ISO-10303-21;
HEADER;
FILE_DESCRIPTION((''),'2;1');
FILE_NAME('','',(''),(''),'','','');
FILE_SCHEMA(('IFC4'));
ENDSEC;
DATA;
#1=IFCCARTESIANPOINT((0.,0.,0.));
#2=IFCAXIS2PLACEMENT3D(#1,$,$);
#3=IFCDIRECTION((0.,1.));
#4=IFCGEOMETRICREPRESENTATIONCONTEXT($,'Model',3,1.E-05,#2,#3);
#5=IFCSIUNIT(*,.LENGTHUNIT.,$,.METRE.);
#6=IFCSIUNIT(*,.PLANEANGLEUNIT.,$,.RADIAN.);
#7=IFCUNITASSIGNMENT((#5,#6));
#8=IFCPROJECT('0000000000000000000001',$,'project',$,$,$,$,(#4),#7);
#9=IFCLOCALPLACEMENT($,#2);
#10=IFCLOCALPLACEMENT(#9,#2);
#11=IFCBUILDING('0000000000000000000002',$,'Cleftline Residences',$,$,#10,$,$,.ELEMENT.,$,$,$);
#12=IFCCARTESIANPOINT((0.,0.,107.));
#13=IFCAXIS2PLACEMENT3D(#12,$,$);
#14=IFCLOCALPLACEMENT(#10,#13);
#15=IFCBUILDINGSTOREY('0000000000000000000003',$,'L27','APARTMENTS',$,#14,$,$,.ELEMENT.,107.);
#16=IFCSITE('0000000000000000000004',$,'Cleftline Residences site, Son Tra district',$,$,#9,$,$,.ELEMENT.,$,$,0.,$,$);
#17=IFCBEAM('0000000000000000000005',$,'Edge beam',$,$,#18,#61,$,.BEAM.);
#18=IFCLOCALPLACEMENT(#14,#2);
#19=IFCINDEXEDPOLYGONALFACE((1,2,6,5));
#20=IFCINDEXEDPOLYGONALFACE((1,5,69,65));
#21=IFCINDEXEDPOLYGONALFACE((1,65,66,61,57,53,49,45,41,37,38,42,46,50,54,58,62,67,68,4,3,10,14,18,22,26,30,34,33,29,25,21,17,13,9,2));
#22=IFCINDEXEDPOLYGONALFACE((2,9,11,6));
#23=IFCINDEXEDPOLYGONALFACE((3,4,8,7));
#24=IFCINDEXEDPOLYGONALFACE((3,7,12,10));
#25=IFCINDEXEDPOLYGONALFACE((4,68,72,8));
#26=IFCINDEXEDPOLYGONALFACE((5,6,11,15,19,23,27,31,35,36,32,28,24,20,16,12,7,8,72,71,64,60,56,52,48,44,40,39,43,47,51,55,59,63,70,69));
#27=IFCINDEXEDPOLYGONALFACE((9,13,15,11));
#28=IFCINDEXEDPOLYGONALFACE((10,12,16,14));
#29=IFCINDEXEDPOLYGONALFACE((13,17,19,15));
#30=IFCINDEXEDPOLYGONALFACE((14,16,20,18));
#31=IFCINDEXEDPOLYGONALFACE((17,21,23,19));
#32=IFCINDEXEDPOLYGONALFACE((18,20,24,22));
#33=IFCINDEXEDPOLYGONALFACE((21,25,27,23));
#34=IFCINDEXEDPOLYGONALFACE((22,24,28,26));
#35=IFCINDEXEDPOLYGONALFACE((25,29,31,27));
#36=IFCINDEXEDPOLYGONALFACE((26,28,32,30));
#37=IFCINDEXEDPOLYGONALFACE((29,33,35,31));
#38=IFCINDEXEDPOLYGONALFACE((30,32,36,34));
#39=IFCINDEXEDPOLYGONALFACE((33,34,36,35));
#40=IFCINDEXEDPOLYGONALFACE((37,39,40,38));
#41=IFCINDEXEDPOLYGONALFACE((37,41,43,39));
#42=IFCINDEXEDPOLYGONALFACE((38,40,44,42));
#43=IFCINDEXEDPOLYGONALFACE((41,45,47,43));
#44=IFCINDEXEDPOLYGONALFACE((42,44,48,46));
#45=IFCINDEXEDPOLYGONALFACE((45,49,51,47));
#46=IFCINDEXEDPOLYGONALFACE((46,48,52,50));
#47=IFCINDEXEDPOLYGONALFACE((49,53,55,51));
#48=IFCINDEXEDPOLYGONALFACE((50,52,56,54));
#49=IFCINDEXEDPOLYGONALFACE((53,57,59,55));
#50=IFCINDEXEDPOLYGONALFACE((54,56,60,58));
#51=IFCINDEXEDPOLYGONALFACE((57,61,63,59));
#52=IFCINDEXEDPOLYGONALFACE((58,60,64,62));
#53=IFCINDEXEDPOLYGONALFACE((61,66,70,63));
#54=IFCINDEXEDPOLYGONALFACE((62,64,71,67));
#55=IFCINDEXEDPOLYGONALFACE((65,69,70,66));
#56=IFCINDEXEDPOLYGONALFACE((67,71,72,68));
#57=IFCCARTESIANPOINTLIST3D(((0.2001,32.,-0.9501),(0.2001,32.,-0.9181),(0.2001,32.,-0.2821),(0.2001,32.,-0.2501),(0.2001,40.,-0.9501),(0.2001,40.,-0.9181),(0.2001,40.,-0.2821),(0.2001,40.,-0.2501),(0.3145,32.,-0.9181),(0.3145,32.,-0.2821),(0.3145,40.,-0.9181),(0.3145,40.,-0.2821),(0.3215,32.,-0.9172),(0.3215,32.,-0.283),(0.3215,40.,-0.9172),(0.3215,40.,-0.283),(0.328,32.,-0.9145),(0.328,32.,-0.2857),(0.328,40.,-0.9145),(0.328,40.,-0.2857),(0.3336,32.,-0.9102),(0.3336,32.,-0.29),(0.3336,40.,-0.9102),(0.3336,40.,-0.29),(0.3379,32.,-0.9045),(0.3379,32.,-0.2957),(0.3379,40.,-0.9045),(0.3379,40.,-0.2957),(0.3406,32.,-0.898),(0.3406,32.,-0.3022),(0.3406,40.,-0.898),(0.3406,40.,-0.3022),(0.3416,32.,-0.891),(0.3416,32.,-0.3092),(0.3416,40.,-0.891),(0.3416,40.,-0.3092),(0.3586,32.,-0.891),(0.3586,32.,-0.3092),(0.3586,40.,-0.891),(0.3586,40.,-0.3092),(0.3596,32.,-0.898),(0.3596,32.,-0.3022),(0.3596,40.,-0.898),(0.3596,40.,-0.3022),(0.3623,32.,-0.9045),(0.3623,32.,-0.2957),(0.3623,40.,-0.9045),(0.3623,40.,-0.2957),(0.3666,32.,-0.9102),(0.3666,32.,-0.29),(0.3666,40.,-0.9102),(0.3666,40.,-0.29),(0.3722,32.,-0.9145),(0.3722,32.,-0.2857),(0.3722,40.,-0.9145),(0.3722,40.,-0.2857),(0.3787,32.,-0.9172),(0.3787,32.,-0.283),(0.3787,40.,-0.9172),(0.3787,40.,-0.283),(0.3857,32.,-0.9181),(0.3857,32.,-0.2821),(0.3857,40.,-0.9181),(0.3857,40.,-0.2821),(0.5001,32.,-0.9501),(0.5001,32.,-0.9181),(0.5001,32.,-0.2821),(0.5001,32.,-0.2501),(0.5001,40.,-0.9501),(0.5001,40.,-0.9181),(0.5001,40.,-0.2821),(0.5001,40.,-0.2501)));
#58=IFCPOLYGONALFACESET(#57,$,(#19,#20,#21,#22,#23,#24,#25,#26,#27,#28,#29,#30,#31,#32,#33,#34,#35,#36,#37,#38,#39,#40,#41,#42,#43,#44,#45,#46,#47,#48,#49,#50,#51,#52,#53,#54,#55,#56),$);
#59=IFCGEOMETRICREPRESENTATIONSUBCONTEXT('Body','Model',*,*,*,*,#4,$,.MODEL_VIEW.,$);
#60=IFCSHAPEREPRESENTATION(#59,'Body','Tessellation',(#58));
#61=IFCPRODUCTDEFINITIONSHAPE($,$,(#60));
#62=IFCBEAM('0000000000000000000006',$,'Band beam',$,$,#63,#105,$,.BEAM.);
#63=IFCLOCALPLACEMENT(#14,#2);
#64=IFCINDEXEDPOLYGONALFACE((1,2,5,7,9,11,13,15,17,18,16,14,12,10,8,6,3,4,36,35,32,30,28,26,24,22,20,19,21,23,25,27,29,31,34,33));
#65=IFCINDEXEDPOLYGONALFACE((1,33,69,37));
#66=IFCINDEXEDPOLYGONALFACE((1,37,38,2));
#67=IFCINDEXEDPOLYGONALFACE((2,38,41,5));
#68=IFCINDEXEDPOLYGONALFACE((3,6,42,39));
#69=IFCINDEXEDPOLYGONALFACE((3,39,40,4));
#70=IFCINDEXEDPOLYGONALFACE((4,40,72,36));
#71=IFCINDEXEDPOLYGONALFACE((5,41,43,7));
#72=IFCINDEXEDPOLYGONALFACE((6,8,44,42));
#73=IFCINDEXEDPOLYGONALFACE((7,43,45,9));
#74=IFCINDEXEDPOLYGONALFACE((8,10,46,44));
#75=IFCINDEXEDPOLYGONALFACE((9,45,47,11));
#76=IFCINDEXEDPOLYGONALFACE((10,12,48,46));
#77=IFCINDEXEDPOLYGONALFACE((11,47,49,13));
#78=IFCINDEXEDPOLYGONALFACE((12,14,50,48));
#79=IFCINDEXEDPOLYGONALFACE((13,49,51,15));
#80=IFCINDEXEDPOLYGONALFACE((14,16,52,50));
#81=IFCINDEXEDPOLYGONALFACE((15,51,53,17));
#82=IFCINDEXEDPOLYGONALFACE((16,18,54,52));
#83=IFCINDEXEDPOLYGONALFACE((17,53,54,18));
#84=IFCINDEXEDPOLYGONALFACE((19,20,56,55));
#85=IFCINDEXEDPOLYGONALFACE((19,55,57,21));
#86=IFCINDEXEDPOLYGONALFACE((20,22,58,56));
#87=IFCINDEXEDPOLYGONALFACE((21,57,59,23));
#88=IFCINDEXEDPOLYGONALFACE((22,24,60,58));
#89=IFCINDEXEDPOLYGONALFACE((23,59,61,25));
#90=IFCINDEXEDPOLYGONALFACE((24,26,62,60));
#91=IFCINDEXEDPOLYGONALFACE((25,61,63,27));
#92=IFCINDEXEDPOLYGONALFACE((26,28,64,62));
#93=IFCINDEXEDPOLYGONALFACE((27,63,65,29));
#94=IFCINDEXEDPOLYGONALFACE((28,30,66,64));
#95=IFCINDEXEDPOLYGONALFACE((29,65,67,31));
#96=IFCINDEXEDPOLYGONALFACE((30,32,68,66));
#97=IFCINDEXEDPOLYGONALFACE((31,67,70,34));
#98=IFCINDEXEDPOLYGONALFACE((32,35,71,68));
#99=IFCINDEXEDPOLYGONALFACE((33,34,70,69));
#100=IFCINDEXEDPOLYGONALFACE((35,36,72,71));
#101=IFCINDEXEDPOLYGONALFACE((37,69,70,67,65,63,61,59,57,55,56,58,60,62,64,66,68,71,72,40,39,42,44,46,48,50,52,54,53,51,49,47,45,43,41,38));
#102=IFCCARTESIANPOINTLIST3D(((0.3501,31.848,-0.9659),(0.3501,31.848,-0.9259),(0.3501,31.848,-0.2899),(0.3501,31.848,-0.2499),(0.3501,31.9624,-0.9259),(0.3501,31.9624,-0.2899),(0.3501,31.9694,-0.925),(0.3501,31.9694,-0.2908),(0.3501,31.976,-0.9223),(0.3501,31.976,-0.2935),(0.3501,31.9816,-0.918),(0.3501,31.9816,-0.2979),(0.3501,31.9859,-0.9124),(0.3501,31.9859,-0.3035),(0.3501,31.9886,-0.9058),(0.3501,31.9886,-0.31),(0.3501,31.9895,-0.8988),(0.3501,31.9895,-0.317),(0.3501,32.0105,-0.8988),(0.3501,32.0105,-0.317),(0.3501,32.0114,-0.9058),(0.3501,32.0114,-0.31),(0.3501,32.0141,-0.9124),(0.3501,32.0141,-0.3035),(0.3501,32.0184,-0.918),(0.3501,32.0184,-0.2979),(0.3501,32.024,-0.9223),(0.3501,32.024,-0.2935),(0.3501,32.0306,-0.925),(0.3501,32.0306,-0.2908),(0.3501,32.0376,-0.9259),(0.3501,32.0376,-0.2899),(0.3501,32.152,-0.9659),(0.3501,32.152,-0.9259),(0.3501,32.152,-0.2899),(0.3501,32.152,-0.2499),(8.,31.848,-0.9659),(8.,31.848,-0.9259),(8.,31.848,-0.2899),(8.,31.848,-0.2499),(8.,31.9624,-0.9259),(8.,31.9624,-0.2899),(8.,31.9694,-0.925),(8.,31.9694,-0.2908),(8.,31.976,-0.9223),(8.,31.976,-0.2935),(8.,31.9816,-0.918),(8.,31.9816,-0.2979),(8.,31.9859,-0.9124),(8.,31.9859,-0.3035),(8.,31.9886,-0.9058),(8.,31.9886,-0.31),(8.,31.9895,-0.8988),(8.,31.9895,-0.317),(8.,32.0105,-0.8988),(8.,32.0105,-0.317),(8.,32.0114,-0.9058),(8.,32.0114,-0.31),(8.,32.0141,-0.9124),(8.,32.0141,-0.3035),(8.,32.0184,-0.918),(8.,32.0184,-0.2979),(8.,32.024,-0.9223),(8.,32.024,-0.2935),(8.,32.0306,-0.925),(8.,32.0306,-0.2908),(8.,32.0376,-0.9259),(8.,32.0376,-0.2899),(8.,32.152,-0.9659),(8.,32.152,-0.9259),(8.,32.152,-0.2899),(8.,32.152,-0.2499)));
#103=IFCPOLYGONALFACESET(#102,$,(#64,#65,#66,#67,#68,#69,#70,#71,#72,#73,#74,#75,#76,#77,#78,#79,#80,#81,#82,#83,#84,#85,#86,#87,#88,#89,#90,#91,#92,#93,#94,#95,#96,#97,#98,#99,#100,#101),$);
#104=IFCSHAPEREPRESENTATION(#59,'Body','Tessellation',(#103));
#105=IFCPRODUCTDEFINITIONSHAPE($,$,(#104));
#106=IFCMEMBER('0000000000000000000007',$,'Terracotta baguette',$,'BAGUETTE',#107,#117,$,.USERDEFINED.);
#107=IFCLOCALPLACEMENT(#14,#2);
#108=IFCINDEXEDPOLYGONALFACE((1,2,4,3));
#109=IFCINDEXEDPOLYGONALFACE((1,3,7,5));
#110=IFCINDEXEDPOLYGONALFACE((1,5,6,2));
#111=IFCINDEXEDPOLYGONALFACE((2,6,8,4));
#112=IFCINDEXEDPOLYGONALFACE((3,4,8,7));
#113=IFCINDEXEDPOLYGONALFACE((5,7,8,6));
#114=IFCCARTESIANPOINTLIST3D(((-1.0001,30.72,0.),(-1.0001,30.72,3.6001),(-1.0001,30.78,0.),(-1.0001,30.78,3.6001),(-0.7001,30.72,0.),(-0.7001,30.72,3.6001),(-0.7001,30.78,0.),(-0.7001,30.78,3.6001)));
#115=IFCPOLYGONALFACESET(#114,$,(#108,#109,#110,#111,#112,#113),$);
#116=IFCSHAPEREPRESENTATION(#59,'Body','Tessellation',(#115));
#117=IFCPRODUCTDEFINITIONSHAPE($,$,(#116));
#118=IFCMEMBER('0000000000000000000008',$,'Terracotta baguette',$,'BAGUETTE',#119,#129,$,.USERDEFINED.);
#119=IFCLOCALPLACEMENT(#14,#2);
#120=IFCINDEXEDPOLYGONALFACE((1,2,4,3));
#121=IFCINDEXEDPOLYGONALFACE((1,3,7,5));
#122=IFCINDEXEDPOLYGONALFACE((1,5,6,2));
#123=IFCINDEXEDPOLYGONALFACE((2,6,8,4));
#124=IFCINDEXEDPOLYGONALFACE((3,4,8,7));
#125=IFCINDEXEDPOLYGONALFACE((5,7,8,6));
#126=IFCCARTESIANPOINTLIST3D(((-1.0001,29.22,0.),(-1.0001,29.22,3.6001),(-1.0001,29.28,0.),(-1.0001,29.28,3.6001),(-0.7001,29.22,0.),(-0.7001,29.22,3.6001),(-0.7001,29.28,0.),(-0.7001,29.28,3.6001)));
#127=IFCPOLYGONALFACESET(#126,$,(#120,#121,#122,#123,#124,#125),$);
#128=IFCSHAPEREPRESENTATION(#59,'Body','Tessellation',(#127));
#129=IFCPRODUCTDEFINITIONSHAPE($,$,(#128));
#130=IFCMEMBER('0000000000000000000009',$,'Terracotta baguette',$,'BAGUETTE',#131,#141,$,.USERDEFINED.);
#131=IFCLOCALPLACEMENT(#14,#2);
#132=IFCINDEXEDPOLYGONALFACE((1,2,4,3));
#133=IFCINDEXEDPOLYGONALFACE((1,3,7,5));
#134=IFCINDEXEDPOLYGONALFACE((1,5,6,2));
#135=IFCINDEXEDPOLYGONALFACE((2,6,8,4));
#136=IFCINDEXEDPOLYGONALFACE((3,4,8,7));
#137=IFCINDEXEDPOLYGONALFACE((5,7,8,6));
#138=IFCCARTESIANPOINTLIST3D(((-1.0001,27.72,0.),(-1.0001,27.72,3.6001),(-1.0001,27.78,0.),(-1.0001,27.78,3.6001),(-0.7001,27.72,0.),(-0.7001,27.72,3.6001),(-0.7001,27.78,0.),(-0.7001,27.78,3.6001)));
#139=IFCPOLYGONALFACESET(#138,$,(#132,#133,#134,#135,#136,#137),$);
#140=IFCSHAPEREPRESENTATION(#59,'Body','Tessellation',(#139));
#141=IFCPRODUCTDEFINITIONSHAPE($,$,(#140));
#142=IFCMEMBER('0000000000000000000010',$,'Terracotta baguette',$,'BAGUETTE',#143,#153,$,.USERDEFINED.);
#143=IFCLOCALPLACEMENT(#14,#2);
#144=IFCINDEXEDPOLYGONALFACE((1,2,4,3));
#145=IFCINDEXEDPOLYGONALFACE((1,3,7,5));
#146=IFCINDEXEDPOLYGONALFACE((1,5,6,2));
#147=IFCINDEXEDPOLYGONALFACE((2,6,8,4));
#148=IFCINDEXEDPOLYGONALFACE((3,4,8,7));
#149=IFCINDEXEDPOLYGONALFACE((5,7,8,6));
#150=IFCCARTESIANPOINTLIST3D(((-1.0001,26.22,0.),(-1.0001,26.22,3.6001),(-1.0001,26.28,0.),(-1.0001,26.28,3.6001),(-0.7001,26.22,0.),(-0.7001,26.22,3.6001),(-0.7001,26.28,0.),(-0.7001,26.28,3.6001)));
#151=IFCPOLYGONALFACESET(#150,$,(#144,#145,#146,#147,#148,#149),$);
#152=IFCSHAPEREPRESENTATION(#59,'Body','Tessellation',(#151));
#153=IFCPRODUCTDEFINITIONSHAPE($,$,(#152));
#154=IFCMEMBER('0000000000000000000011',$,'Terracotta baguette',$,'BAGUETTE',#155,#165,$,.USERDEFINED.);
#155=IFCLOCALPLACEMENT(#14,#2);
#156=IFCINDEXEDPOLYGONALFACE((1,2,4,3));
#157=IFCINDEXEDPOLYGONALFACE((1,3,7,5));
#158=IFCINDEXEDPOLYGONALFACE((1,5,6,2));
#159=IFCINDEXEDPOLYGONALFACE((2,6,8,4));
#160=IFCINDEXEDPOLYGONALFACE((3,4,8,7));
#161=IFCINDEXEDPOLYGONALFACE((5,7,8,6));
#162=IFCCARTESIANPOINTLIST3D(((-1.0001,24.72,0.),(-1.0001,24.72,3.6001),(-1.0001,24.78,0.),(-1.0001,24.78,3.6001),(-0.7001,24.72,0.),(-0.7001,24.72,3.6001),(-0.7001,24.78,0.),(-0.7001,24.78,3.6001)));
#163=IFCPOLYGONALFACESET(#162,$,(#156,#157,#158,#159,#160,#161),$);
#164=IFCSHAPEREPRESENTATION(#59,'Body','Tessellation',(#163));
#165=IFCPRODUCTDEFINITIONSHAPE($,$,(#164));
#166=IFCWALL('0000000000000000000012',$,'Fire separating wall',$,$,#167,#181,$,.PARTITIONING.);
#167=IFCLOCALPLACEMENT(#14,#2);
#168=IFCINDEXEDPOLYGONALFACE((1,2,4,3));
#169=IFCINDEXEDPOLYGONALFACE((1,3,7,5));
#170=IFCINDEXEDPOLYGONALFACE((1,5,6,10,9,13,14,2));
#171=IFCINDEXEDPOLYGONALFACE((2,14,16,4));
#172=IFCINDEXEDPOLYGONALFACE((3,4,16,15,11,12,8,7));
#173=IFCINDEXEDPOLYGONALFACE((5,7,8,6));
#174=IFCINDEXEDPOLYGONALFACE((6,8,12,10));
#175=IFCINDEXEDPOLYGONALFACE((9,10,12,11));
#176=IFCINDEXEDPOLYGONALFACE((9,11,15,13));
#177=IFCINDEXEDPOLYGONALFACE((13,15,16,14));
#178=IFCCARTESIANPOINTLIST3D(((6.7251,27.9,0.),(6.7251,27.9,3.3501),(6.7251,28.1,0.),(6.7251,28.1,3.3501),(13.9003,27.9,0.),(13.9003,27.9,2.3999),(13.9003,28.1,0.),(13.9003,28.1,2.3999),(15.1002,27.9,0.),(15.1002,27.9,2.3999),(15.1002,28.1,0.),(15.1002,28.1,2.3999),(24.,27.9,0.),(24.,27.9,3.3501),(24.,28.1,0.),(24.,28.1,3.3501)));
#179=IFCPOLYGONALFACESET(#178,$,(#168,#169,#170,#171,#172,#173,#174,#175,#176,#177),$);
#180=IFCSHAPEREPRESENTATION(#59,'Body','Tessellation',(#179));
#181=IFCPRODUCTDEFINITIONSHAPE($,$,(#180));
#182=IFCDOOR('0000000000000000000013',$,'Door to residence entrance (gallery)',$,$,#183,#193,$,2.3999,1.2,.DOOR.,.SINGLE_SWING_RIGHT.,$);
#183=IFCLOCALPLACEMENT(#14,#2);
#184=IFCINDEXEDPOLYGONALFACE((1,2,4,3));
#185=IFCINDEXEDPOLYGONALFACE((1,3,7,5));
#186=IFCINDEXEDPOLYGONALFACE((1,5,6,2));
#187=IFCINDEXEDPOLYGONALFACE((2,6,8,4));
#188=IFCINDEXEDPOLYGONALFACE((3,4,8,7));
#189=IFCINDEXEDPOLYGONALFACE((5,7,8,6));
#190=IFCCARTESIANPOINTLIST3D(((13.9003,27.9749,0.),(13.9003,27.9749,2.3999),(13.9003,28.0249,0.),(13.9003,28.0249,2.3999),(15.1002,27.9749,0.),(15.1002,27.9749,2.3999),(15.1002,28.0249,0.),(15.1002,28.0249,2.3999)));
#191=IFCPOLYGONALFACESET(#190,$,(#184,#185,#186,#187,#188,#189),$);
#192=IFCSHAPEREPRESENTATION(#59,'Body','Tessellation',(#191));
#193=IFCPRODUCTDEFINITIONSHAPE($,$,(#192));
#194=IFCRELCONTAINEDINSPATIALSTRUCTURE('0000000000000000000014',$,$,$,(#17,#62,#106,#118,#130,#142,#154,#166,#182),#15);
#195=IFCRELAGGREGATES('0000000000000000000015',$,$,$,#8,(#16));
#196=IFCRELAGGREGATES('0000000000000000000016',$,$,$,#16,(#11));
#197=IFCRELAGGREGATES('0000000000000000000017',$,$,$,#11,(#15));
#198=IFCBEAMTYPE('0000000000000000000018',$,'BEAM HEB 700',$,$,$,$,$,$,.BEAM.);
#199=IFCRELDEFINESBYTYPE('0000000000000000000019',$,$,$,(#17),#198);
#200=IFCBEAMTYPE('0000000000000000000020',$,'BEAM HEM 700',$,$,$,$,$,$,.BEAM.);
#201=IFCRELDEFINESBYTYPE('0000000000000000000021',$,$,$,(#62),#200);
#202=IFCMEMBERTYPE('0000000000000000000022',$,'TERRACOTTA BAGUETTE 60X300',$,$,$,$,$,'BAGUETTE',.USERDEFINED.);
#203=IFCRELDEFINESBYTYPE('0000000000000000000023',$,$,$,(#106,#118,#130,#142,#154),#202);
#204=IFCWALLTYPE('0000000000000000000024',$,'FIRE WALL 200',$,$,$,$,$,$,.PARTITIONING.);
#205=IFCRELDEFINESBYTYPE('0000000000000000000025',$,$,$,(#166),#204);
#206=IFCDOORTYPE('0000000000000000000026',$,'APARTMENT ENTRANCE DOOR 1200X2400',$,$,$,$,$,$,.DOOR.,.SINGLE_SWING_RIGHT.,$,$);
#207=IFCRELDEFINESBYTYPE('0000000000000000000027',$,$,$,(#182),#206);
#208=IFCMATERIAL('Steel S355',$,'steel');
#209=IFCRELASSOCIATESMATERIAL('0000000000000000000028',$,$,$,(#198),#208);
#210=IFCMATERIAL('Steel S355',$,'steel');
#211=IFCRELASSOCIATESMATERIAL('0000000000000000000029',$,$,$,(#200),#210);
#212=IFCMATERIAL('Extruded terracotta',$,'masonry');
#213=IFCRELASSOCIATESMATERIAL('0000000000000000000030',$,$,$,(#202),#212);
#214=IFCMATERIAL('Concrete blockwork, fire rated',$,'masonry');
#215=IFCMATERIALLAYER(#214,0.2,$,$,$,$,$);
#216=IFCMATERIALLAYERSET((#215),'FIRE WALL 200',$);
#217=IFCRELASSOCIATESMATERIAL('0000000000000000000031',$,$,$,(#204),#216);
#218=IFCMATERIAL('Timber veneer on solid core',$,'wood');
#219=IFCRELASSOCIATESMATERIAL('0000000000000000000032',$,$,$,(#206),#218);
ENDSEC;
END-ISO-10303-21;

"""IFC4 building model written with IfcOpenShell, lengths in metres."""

from ifc_helpers import new_model, si_unit, direction, frame, frame_2d, origin, origin_2d, place, context, subcontext, project, spatial, rectangle, i_section, extrude, material, layer, layer_set, material_profile, profile_set, type_object, element, fill, save


model = new_model("IFC4")

# Units and contexts
model_context = context("Model", 3, precision=1e-05, world=origin(), true_north=direction((0.0, 1.0)))
body_context = subcontext(model_context, "Body", "Model", "MODEL_VIEW")
ifc_project = project(units=[si_unit("LENGTHUNIT", "METRE"), si_unit("PLANEANGLEUNIT", "RADIAN")], contexts=[model_context])

# Site, building, storey
site_placement = place(None, origin())
site = spatial("IfcSite", under=ifc_project, at=site_placement, Name="Cleftline Residences site, Son Tra district", CompositionType="ELEMENT", RefElevation=0.0)
building_placement = place(site_placement, origin())
building = spatial("IfcBuilding", under=site, at=building_placement, Name="Cleftline Residences", CompositionType="ELEMENT")
storey_placement = place(building_placement, frame((0.0, 0.0, 107.0)))
storey = spatial("IfcBuildingStorey", under=building, at=storey_placement, Name="L27", Description="APARTMENTS", CompositionType="ELEMENT", Elevation=107.0)

# Beams
ifc_material_1 = material(Name="Steel S355", Category="steel")
ifc_material_profile_1 = material_profile(ifc_material_1, i_section(OverallWidth=0.3, OverallDepth=0.7, WebThickness=0.0171, FlangeThickness=0.032, FilletRadius=0.0271, at=origin_2d()))
ifc_profile_set_1 = profile_set([ifc_material_profile_1], Name="Steel S355")
beam_type_1 = type_object("IfcBeamType", Name="BEAM HEB 700", PredefinedType="BEAM", material=ifc_profile_set_1)
for number, where, z_axis, x_axis, name in (
    (1, (0.3501, 32.0, -0.6001), (0.0, 1.0, 0.0), (-1.0, 0.0, 0.0), "Edge beam"),
):
    element("IfcBeam", number, at=place(storey_placement, frame(where, z_axis=z_axis, x_axis=x_axis)), inside=storey, type_object=beam_type_1, Name=name, PredefinedType="BEAM", context=body_context, shape_type="SweptSolid", body=[
        extrude(i_section(OverallWidth=0.3, OverallDepth=0.7, WebThickness=0.0171, FlangeThickness=0.032, FilletRadius=0.0271, at=origin_2d()), origin(), (0.0, 0.0, 1.0), 8.0),
    ])
ifc_material_2 = material(Name="Steel S355", Category="steel")
ifc_material_profile_2 = material_profile(ifc_material_2, i_section(OverallWidth=0.304, OverallDepth=0.7161, WebThickness=0.021, FlangeThickness=0.04, FilletRadius=0.0271, at=origin_2d()))
ifc_profile_set_2 = profile_set([ifc_material_profile_2], Name="Steel S355")
beam_type_2 = type_object("IfcBeamType", Name="BEAM HEM 700", PredefinedType="BEAM", material=ifc_profile_set_2)
beam_placement = place(storey_placement, frame((0.3501, 32.0, -0.6079), z_axis=(1.0, 0.0, 0.0), x_axis=(0.0, 1.0, 0.0)))
element("IfcBeam", 2, at=beam_placement, inside=storey, type_object=beam_type_2, Name="Band beam", PredefinedType="BEAM", context=body_context, shape_type="SweptSolid", body=[
    extrude(i_section(OverallWidth=0.304, OverallDepth=0.7161, WebThickness=0.021, FlangeThickness=0.04, FilletRadius=0.0271, at=origin_2d()), origin(), (0.0, 0.0, 1.0), 7.6499),
])

# Members
ifc_material_3 = material(Name="Extruded terracotta", Category="masonry")
ifc_material_profile_3 = material_profile(ifc_material_3, rectangle(XDim=0.0601, YDim=0.3, at=origin_2d()))
ifc_profile_set_3 = profile_set([ifc_material_profile_3], Name="Extruded terracotta")
member_type_1 = type_object("IfcMemberType", Name="TERRACOTTA BAGUETTE 60X300", ElementType="BAGUETTE", PredefinedType="USERDEFINED", material=ifc_profile_set_3)
for number, where, z_axis, x_axis, name in (
    (3, (-0.8501, 30.75, 0.0), (0.0, 0.0, 1.0), (0.0, 1.0, 0.0), "Terracotta baguette"),
    (4, (-0.8501, 29.25, 0.0), (0.0, 0.0, 1.0), (0.0, 1.0, 0.0), "Terracotta baguette"),
    (5, (-0.8501, 27.75, 0.0), (0.0, 0.0, 1.0), (0.0, 1.0, 0.0), "Terracotta baguette"),
    (6, (-0.8501, 26.25, 0.0), (0.0, 0.0, 1.0), (0.0, 1.0, 0.0), "Terracotta baguette"),
    (7, (-0.8501, 24.75, 0.0), (0.0, 0.0, 1.0), (0.0, 1.0, 0.0), "Terracotta baguette"),
):
    element("IfcMember", number, at=place(storey_placement, frame(where, z_axis=z_axis, x_axis=x_axis)), inside=storey, type_object=member_type_1, Name=name, ObjectType="BAGUETTE", PredefinedType="USERDEFINED", context=body_context, shape_type="SweptSolid", body=[
        extrude(rectangle(XDim=0.0601, YDim=0.3, at=origin_2d()), origin(), (0.0, 0.0, 1.0), 3.6001),
    ])

# Wall, opening, door
ifc_material_4 = material(Name="Concrete blockwork, fire rated", Category="masonry")
ifc_layer_1 = layer(ifc_material_4, 0.2)
ifc_layer_set_1 = layer_set([ifc_layer_1], Name="FIRE WALL 200")
wall_type_1 = type_object("IfcWallType", Name="FIRE WALL 200", PredefinedType="PARTITIONING", material=ifc_layer_set_1)
wall_1_placement = place(storey_placement, frame((6.7251, 28.0, 0.0), z_axis=(0.0, 0.0, 1.0), x_axis=(1.0, 0.0, 0.0)))
wall_1 = element("IfcWall", 8, at=wall_1_placement, inside=storey, type_object=wall_type_1, Name="Fire separating wall", PredefinedType="PARTITIONING", context=body_context, shape_type="SweptSolid", body=[
    extrude(rectangle(XDim=17.2749, YDim=0.2, at=frame_2d((8.6375, 0.0))), origin(), (0.0, 0.0, 1.0), 3.3501),
])
opening_1_placement = place(wall_1_placement, frame((7.175, 0.0, 0.0)))
opening_1 = element("IfcOpeningElement", 9, at=opening_1_placement, cuts=wall_1, PredefinedType="OPENING", context=body_context, shape_type="SweptSolid", body=[
    extrude(rectangle(XDim=1.2, YDim=2.3999, at=frame_2d((0.6001, 1.2))), frame((0.0, 0.1099, 0.0), z_axis=(0.0, -1.0, 0.0), x_axis=(1.0, 0.0, 0.0)), (0.0, 0.0, 1.0), 0.22),
])
ifc_material_5 = material(Name="Timber veneer on solid core", Category="wood")
door_type_1 = type_object("IfcDoorType", Name="APARTMENT ENTRANCE DOOR 1200X2400", OperationType="SINGLE_SWING_RIGHT", PredefinedType="DOOR", material=ifc_material_5)
door_1_placement = place(opening_1_placement, origin())
door_1 = element("IfcDoor", 10, at=door_1_placement, inside=storey, type_object=door_type_1, Name="Door to residence entrance (gallery)", OperationType="SINGLE_SWING_RIGHT", OverallHeight=2.3999, OverallWidth=1.2, PredefinedType="DOOR", context=body_context, shape_type="SweptSolid", body=[
    extrude(rectangle(XDim=1.2, YDim=2.3999, at=frame_2d((0.6001, 1.2))), frame((0.0, 0.0249, 0.0), z_axis=(0.0, -1.0, 0.0), x_axis=(1.0, 0.0, 0.0)), (0.0, 0.0, 1.0), 0.05),
])
fill(opening_1, door_1)

save(model, "model.ifc")
